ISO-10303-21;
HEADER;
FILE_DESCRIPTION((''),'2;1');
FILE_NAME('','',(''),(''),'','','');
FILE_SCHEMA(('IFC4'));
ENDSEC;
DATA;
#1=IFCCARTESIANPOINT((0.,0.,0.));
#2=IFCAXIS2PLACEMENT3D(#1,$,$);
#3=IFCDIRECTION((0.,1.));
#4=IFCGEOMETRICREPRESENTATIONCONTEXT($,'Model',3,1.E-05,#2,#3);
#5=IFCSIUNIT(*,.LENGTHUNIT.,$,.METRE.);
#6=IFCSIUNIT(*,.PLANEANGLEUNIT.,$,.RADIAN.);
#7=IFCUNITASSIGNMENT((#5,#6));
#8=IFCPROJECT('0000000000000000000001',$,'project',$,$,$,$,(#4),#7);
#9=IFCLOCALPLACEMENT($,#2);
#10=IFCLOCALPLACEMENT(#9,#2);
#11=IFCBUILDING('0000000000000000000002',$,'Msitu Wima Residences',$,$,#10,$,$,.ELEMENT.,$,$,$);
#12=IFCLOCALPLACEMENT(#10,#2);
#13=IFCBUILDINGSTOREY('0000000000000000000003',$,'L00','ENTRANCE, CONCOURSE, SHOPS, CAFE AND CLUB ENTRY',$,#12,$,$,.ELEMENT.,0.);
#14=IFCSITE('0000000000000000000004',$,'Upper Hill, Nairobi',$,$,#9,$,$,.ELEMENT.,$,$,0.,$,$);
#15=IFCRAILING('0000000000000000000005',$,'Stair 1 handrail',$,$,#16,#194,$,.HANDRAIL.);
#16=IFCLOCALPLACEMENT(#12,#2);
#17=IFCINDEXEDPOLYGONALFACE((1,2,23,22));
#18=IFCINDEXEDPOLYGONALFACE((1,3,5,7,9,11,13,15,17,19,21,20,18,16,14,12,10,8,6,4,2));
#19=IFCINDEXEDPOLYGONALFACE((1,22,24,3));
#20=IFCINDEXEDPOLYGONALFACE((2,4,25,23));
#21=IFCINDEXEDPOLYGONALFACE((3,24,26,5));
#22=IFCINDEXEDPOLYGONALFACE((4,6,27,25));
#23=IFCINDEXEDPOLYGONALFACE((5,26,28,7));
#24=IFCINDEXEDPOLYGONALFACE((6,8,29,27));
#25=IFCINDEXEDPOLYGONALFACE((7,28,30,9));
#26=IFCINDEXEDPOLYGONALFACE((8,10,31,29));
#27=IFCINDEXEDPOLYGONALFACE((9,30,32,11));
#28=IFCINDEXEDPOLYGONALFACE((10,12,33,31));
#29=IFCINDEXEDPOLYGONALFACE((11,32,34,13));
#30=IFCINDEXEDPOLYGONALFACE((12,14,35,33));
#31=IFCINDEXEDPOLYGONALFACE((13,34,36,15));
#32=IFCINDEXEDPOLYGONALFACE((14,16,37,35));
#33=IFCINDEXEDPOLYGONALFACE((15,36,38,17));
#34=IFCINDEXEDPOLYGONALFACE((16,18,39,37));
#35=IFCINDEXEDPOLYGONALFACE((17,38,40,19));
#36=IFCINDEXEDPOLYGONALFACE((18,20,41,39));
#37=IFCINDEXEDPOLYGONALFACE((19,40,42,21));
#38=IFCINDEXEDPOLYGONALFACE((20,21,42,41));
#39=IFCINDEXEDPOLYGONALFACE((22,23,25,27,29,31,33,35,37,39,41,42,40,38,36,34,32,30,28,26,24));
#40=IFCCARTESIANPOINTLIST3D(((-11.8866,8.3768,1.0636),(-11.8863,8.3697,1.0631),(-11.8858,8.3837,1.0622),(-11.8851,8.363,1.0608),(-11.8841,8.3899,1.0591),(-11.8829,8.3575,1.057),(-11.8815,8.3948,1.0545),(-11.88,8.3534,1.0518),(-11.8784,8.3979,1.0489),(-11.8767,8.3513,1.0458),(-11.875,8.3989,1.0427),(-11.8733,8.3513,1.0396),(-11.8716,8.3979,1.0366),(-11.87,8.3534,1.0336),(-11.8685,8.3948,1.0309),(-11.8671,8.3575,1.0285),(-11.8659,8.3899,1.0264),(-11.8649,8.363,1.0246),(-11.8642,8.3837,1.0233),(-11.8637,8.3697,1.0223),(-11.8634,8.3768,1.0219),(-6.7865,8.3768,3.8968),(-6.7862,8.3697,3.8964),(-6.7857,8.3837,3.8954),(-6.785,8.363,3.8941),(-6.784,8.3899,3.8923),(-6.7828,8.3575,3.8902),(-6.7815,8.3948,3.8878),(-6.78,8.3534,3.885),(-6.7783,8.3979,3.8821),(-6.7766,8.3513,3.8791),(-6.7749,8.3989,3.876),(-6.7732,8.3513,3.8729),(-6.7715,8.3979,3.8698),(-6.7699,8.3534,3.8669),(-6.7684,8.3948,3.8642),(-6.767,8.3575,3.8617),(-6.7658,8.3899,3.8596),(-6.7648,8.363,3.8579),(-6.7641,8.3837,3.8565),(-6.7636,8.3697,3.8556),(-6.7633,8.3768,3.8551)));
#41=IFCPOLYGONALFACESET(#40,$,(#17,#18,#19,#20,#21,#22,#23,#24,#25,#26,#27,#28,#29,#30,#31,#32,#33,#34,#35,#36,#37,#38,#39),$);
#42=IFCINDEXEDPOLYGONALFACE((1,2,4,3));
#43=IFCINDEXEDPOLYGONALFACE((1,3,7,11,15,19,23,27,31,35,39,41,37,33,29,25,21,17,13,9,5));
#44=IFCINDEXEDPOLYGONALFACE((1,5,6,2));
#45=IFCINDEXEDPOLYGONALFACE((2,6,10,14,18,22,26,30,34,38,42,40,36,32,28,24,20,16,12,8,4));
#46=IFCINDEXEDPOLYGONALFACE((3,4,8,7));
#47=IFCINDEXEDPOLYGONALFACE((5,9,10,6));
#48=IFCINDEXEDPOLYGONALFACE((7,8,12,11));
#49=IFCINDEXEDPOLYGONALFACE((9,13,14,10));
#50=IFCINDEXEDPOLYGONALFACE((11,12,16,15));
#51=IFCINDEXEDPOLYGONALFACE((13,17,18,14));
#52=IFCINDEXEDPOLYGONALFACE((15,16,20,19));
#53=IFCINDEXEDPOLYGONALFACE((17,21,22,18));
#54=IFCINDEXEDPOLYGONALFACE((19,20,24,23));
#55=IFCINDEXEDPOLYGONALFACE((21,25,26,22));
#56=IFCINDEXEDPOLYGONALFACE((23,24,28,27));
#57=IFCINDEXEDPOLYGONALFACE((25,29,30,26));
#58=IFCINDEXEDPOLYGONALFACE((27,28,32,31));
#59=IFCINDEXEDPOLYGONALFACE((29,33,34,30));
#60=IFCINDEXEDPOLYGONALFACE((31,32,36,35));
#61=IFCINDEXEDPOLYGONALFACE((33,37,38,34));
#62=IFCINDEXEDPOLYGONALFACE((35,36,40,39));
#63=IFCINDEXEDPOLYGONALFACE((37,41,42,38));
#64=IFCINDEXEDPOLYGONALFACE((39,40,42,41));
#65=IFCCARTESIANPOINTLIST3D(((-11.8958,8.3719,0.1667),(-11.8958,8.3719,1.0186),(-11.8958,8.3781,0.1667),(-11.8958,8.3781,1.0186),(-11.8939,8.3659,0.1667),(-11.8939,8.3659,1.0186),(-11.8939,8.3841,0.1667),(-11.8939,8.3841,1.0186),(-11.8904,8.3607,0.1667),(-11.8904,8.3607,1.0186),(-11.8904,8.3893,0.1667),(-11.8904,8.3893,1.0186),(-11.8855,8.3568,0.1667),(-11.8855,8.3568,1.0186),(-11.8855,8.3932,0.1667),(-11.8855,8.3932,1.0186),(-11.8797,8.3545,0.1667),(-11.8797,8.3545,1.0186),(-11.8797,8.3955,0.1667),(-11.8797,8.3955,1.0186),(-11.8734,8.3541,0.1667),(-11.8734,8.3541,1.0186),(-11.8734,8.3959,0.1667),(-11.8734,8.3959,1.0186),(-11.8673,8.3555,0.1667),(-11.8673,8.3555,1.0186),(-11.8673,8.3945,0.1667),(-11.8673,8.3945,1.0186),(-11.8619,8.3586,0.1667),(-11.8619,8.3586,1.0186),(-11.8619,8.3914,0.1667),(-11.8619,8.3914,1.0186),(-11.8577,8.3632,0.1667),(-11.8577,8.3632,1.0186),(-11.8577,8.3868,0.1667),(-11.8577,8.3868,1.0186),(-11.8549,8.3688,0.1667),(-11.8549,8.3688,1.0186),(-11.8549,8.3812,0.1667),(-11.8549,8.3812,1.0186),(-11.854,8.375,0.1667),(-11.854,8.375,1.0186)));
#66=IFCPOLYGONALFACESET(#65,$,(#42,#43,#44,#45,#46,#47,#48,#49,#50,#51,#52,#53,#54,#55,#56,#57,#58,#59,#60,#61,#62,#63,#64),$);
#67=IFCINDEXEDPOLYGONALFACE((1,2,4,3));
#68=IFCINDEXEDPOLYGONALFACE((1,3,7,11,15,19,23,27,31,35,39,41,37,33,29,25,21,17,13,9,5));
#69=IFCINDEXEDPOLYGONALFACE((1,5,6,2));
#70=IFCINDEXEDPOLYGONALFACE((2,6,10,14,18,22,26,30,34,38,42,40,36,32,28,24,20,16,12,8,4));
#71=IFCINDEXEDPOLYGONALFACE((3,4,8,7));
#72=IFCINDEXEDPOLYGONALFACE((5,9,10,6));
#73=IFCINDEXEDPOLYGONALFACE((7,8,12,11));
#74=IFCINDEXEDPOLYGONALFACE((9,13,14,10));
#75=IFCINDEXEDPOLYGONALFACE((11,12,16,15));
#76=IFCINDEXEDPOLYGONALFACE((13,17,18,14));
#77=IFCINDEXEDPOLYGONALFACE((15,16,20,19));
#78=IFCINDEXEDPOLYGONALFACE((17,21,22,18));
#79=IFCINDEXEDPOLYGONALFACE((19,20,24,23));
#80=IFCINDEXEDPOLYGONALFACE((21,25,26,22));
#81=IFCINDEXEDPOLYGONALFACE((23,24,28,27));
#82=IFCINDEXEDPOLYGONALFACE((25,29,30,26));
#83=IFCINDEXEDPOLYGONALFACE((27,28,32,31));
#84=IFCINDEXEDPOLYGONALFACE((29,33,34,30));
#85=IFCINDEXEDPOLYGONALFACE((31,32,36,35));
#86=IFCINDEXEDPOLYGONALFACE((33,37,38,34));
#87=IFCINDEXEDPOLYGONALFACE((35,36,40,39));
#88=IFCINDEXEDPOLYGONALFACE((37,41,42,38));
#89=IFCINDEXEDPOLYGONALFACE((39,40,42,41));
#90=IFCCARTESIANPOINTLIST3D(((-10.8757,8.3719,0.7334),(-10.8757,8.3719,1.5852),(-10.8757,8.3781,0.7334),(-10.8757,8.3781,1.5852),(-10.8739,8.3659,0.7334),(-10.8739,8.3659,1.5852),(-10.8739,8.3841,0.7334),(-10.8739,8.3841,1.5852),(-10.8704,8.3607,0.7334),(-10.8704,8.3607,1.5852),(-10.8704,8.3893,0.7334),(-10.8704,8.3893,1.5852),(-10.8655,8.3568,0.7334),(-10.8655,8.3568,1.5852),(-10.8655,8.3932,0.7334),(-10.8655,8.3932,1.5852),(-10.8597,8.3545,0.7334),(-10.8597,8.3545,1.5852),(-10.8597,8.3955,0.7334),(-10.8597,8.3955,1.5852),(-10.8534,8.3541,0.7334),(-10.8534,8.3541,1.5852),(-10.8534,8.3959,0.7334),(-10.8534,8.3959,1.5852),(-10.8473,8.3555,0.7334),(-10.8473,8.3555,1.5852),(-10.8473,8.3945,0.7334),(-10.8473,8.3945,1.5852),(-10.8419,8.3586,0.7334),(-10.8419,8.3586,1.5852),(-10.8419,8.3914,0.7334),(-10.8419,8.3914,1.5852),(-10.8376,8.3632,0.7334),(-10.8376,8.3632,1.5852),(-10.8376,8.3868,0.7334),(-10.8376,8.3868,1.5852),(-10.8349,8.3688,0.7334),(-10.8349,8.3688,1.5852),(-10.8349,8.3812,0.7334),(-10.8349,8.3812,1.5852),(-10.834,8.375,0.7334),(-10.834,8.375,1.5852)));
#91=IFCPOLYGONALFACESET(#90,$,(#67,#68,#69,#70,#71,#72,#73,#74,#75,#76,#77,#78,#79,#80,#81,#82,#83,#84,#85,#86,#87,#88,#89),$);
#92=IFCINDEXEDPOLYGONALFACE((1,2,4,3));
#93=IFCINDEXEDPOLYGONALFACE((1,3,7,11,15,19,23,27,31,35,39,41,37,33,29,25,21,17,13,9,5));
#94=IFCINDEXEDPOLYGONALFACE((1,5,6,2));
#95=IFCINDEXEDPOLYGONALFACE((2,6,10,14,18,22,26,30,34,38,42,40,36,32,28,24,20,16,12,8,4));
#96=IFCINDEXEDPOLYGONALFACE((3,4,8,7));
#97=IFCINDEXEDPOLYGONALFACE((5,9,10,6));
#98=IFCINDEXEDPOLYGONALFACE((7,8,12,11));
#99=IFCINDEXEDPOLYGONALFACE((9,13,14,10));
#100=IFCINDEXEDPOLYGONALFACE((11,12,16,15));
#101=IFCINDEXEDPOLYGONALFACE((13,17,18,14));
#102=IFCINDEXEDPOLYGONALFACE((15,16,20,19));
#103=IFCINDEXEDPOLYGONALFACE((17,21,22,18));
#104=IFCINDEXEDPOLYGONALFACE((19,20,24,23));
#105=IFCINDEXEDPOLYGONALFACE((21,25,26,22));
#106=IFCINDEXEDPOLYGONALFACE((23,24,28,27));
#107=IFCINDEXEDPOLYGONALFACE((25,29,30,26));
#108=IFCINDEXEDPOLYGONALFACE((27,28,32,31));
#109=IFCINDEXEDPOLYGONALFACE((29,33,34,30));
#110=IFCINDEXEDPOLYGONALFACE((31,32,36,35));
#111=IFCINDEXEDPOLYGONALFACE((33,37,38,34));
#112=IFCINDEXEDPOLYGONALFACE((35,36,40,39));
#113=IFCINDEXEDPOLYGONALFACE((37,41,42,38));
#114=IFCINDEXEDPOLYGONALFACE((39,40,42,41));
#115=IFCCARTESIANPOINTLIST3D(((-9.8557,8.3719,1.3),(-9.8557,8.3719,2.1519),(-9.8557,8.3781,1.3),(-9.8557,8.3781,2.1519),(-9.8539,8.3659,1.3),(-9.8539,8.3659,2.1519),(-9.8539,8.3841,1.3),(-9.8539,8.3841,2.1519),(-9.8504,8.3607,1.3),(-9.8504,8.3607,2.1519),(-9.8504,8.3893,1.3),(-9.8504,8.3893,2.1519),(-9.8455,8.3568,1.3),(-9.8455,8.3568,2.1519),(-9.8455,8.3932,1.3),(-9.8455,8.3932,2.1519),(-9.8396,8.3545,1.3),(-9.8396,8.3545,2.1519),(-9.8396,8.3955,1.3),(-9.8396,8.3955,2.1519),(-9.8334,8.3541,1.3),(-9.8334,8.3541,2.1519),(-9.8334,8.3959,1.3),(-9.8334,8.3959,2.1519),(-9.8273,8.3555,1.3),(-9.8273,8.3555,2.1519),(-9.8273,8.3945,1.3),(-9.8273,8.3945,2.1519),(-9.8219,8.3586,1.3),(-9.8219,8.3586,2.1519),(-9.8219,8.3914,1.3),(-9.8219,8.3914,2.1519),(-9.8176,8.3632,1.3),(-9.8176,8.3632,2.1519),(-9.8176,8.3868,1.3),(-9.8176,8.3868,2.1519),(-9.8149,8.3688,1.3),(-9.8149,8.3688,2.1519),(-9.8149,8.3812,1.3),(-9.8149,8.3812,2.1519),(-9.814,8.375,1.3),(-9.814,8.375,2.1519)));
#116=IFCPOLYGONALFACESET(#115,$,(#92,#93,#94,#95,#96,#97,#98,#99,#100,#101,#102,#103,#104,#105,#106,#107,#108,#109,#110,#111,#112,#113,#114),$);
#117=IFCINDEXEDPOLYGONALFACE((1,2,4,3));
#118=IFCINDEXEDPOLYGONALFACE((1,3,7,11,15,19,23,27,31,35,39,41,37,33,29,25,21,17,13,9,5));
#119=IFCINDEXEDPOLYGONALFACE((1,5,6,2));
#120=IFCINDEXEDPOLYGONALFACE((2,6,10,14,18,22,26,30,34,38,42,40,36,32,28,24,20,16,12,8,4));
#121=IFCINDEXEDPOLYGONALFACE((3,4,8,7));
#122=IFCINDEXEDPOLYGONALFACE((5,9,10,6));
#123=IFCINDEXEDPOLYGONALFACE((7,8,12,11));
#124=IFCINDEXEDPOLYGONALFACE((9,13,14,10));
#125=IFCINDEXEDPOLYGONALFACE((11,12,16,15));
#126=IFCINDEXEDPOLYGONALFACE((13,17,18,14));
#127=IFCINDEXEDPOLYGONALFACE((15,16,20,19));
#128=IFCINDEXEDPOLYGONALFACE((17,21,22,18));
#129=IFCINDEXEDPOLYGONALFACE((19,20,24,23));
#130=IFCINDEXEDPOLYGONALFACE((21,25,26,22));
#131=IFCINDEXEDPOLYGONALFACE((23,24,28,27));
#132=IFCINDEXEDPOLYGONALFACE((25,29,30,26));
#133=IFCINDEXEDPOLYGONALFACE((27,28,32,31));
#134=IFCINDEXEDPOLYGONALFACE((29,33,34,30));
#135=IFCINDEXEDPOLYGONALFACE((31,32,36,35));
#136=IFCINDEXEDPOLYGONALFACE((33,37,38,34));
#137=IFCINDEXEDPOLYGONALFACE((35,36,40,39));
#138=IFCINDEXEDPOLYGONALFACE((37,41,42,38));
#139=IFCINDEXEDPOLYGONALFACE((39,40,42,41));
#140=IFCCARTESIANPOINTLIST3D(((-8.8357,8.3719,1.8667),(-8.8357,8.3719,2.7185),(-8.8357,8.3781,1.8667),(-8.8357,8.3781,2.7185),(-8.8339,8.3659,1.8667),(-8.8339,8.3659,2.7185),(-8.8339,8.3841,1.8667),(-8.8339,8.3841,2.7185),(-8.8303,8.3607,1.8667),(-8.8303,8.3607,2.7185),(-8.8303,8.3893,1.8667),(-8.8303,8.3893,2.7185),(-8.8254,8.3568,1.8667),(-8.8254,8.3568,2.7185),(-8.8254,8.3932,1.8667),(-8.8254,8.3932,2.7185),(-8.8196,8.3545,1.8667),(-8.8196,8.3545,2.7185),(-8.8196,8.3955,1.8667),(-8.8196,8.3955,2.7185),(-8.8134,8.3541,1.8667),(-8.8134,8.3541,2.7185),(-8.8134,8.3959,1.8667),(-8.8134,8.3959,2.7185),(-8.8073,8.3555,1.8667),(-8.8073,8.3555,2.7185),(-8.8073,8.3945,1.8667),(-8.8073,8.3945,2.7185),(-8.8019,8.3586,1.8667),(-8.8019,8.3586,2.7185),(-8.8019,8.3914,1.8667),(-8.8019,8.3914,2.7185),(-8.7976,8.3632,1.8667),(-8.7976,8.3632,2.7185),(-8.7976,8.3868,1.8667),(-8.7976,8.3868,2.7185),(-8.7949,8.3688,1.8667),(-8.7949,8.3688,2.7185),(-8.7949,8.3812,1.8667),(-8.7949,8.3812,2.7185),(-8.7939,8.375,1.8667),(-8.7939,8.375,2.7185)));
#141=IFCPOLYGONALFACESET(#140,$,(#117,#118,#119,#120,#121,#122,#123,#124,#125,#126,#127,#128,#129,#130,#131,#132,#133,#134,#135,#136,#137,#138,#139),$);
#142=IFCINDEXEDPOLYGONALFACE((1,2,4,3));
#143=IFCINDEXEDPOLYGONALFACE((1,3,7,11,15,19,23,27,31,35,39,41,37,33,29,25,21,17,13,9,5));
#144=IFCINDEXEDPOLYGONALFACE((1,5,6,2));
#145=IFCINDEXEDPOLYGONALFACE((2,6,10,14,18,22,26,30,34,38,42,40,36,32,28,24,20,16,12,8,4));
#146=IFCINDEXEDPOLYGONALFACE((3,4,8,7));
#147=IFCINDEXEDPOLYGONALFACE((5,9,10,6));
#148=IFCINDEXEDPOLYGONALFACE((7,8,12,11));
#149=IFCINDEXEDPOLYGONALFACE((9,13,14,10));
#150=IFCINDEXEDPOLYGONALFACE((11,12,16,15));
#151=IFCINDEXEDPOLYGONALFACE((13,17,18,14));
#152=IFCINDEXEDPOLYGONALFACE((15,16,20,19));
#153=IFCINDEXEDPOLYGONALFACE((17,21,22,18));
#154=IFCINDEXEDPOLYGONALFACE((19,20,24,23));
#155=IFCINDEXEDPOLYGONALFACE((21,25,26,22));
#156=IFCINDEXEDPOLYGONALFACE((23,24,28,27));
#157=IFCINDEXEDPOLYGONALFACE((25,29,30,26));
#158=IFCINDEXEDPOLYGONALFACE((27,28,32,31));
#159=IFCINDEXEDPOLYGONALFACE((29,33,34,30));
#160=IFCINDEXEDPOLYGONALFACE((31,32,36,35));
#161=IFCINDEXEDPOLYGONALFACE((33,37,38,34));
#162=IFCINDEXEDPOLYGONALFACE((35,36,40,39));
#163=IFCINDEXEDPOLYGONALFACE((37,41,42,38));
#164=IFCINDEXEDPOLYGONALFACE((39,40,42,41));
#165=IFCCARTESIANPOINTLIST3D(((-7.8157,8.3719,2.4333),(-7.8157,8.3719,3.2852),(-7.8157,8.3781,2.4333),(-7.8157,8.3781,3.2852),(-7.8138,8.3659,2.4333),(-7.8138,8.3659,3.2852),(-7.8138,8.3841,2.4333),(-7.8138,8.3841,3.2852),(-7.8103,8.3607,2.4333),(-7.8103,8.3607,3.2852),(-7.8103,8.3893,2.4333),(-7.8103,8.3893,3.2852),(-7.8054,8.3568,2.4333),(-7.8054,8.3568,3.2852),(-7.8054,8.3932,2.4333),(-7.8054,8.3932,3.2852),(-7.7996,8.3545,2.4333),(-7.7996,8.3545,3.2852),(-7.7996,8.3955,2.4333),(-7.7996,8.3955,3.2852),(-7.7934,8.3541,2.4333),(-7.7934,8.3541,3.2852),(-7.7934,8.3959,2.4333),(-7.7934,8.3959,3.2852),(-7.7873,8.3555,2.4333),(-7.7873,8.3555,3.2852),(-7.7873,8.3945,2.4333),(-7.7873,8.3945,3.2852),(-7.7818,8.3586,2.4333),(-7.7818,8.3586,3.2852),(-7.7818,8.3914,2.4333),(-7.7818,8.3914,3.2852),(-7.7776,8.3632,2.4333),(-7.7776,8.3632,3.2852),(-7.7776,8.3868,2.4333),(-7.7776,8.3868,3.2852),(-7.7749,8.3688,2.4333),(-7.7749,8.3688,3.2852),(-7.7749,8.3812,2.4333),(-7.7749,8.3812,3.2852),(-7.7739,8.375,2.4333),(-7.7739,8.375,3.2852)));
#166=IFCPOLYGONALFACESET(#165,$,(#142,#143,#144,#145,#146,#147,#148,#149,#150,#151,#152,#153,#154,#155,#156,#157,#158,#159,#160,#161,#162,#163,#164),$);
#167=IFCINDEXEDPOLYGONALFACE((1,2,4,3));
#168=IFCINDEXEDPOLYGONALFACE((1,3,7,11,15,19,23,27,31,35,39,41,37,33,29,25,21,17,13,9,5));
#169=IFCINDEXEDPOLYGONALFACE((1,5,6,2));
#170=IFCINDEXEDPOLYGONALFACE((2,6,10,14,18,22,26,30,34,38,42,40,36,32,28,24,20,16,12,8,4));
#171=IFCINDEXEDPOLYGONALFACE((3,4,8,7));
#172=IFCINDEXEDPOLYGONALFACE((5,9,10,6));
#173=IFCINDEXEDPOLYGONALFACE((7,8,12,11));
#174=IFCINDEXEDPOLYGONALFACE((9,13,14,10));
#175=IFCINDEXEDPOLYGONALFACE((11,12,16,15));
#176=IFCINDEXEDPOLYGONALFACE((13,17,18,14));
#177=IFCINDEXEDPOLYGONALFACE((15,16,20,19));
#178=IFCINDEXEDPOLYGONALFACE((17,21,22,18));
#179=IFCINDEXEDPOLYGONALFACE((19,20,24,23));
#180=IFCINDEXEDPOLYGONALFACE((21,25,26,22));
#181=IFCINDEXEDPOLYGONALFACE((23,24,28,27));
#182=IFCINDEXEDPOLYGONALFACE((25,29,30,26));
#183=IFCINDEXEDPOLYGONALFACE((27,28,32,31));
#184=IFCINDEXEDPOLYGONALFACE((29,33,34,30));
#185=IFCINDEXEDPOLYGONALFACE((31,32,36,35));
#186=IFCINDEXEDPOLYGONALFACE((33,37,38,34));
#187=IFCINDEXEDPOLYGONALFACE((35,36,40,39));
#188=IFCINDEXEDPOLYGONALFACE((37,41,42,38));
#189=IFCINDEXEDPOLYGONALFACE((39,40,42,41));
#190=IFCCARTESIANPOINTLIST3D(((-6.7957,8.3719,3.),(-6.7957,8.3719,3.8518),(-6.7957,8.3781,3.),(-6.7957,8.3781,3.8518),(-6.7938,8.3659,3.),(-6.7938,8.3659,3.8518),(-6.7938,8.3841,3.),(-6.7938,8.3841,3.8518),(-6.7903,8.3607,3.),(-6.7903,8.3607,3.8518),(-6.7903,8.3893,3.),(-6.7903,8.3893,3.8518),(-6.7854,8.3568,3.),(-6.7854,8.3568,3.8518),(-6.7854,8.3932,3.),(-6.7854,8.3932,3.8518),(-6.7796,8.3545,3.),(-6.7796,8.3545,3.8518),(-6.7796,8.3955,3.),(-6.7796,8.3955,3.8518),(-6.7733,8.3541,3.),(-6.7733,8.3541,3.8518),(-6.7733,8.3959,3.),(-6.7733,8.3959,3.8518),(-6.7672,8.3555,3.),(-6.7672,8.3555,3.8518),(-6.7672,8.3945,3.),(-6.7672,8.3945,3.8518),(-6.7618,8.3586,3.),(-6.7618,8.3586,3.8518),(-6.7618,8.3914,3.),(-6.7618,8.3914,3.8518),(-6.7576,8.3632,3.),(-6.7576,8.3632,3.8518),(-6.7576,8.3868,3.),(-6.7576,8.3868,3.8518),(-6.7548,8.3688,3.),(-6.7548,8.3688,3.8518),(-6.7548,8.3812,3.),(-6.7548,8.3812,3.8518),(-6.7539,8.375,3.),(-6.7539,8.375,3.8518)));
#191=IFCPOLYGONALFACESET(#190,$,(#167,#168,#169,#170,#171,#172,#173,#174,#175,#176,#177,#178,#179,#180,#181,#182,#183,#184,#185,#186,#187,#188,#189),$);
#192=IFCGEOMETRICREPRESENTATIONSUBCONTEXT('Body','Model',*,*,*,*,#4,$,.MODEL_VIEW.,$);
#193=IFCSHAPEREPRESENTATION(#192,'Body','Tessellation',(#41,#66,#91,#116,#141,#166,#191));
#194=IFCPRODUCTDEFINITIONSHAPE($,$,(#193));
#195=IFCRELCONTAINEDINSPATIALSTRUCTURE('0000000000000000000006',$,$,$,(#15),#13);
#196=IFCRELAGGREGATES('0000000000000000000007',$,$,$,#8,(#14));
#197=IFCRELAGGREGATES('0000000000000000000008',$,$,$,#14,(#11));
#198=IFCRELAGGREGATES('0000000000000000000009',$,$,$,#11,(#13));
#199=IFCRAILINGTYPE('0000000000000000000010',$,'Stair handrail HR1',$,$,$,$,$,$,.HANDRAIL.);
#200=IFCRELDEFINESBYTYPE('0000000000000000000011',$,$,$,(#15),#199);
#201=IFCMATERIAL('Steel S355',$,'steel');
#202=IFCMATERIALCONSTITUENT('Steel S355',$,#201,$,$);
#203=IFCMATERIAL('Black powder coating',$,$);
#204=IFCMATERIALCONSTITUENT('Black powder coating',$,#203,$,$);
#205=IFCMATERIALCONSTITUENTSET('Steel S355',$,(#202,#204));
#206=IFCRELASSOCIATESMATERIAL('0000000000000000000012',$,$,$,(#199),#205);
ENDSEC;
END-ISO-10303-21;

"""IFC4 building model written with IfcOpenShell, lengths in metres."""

from ifc_helpers import new_model, si_unit, direction, frame, origin, origin_2d, place, context, subcontext, project, spatial, circle, extrude, material, constituent, constituent_set, type_object, element, save


model = new_model("IFC4")

# Units and contexts
model_context = context("Model", 3, precision=1e-05, world=origin(), true_north=direction((0.0, 1.0)))
body_context = subcontext(model_context, "Body", "Model", "MODEL_VIEW")
ifc_project = project(units=[si_unit("LENGTHUNIT", "METRE"), si_unit("PLANEANGLEUNIT", "RADIAN")], contexts=[model_context])

# Site, building, storey
site_placement = place(None, origin())
site = spatial("IfcSite", under=ifc_project, at=site_placement, Name="Upper Hill, Nairobi", CompositionType="ELEMENT", RefElevation=0.0)
building_placement = place(site_placement, origin())
building = spatial("IfcBuilding", under=site, at=building_placement, Name="Msitu Wima Residences", CompositionType="ELEMENT")
storey_placement = place(building_placement, origin())
storey = spatial("IfcBuildingStorey", under=building, at=storey_placement, Name="L00", Description="ENTRANCE, CONCOURSE, SHOPS, CAFE AND CLUB ENTRY", CompositionType="ELEMENT", Elevation=0.0)

# Railing
ifc_material_1 = material(Name="Steel S355", Category="steel")
ifc_constituent_1 = constituent(ifc_material_1, Name="Steel S355")
ifc_material_2 = material(Name="Black powder coating")
ifc_constituent_2 = constituent(ifc_material_2, Name="Black powder coating")
ifc_constituent_set = constituent_set(constituents=[ifc_constituent_1, ifc_constituent_2], Name="Steel S355")
railing_type = type_object("IfcRailingType", Name="Stair handrail HR1", PredefinedType="HANDRAIL", material=ifc_constituent_set)
for number, where, name in (
    (1, (-11.875, 8.375, 0.1667), "Stair 1 handrail"),
):
    element("IfcRailing", number, at=place(storey_placement, frame(where)), inside=storey, type_object=railing_type, Name=name, PredefinedType="HANDRAIL", context=body_context, shape_type="SweptSolid", body=[
        extrude(circle(Radius=0.0239, at=origin_2d()), frame((0.0, 0.0, 0.876), z_axis=(0.874167, 0.0, 0.485625), x_axis=(0.0, 1.0, 0.0)), (0.0, 0.0, 1.0), 5.8342),
        extrude(circle(Radius=0.021, at=origin_2d()), origin(), (0.0, 0.0, 1.0), 0.8518),
        extrude(circle(Radius=0.021, at=origin_2d()), frame((1.02, 0.0, 0.5667)), (0.0, 0.0, 1.0), 0.8518),
        extrude(circle(Radius=0.021, at=origin_2d()), frame((2.04, 0.0, 1.1333)), (0.0, 0.0, 1.0), 0.8518),
        extrude(circle(Radius=0.021, at=origin_2d()), frame((3.0601, 0.0, 1.7)), (0.0, 0.0, 1.0), 0.8518),
        extrude(circle(Radius=0.021, at=origin_2d()), frame((4.0801, 0.0, 2.2666)), (0.0, 0.0, 1.0), 0.8518),
        extrude(circle(Radius=0.021, at=origin_2d()), frame((5.1001, 0.0, 2.8333)), (0.0, 0.0, 1.0), 0.8518),
    ])

save(model, "model.ifc")
